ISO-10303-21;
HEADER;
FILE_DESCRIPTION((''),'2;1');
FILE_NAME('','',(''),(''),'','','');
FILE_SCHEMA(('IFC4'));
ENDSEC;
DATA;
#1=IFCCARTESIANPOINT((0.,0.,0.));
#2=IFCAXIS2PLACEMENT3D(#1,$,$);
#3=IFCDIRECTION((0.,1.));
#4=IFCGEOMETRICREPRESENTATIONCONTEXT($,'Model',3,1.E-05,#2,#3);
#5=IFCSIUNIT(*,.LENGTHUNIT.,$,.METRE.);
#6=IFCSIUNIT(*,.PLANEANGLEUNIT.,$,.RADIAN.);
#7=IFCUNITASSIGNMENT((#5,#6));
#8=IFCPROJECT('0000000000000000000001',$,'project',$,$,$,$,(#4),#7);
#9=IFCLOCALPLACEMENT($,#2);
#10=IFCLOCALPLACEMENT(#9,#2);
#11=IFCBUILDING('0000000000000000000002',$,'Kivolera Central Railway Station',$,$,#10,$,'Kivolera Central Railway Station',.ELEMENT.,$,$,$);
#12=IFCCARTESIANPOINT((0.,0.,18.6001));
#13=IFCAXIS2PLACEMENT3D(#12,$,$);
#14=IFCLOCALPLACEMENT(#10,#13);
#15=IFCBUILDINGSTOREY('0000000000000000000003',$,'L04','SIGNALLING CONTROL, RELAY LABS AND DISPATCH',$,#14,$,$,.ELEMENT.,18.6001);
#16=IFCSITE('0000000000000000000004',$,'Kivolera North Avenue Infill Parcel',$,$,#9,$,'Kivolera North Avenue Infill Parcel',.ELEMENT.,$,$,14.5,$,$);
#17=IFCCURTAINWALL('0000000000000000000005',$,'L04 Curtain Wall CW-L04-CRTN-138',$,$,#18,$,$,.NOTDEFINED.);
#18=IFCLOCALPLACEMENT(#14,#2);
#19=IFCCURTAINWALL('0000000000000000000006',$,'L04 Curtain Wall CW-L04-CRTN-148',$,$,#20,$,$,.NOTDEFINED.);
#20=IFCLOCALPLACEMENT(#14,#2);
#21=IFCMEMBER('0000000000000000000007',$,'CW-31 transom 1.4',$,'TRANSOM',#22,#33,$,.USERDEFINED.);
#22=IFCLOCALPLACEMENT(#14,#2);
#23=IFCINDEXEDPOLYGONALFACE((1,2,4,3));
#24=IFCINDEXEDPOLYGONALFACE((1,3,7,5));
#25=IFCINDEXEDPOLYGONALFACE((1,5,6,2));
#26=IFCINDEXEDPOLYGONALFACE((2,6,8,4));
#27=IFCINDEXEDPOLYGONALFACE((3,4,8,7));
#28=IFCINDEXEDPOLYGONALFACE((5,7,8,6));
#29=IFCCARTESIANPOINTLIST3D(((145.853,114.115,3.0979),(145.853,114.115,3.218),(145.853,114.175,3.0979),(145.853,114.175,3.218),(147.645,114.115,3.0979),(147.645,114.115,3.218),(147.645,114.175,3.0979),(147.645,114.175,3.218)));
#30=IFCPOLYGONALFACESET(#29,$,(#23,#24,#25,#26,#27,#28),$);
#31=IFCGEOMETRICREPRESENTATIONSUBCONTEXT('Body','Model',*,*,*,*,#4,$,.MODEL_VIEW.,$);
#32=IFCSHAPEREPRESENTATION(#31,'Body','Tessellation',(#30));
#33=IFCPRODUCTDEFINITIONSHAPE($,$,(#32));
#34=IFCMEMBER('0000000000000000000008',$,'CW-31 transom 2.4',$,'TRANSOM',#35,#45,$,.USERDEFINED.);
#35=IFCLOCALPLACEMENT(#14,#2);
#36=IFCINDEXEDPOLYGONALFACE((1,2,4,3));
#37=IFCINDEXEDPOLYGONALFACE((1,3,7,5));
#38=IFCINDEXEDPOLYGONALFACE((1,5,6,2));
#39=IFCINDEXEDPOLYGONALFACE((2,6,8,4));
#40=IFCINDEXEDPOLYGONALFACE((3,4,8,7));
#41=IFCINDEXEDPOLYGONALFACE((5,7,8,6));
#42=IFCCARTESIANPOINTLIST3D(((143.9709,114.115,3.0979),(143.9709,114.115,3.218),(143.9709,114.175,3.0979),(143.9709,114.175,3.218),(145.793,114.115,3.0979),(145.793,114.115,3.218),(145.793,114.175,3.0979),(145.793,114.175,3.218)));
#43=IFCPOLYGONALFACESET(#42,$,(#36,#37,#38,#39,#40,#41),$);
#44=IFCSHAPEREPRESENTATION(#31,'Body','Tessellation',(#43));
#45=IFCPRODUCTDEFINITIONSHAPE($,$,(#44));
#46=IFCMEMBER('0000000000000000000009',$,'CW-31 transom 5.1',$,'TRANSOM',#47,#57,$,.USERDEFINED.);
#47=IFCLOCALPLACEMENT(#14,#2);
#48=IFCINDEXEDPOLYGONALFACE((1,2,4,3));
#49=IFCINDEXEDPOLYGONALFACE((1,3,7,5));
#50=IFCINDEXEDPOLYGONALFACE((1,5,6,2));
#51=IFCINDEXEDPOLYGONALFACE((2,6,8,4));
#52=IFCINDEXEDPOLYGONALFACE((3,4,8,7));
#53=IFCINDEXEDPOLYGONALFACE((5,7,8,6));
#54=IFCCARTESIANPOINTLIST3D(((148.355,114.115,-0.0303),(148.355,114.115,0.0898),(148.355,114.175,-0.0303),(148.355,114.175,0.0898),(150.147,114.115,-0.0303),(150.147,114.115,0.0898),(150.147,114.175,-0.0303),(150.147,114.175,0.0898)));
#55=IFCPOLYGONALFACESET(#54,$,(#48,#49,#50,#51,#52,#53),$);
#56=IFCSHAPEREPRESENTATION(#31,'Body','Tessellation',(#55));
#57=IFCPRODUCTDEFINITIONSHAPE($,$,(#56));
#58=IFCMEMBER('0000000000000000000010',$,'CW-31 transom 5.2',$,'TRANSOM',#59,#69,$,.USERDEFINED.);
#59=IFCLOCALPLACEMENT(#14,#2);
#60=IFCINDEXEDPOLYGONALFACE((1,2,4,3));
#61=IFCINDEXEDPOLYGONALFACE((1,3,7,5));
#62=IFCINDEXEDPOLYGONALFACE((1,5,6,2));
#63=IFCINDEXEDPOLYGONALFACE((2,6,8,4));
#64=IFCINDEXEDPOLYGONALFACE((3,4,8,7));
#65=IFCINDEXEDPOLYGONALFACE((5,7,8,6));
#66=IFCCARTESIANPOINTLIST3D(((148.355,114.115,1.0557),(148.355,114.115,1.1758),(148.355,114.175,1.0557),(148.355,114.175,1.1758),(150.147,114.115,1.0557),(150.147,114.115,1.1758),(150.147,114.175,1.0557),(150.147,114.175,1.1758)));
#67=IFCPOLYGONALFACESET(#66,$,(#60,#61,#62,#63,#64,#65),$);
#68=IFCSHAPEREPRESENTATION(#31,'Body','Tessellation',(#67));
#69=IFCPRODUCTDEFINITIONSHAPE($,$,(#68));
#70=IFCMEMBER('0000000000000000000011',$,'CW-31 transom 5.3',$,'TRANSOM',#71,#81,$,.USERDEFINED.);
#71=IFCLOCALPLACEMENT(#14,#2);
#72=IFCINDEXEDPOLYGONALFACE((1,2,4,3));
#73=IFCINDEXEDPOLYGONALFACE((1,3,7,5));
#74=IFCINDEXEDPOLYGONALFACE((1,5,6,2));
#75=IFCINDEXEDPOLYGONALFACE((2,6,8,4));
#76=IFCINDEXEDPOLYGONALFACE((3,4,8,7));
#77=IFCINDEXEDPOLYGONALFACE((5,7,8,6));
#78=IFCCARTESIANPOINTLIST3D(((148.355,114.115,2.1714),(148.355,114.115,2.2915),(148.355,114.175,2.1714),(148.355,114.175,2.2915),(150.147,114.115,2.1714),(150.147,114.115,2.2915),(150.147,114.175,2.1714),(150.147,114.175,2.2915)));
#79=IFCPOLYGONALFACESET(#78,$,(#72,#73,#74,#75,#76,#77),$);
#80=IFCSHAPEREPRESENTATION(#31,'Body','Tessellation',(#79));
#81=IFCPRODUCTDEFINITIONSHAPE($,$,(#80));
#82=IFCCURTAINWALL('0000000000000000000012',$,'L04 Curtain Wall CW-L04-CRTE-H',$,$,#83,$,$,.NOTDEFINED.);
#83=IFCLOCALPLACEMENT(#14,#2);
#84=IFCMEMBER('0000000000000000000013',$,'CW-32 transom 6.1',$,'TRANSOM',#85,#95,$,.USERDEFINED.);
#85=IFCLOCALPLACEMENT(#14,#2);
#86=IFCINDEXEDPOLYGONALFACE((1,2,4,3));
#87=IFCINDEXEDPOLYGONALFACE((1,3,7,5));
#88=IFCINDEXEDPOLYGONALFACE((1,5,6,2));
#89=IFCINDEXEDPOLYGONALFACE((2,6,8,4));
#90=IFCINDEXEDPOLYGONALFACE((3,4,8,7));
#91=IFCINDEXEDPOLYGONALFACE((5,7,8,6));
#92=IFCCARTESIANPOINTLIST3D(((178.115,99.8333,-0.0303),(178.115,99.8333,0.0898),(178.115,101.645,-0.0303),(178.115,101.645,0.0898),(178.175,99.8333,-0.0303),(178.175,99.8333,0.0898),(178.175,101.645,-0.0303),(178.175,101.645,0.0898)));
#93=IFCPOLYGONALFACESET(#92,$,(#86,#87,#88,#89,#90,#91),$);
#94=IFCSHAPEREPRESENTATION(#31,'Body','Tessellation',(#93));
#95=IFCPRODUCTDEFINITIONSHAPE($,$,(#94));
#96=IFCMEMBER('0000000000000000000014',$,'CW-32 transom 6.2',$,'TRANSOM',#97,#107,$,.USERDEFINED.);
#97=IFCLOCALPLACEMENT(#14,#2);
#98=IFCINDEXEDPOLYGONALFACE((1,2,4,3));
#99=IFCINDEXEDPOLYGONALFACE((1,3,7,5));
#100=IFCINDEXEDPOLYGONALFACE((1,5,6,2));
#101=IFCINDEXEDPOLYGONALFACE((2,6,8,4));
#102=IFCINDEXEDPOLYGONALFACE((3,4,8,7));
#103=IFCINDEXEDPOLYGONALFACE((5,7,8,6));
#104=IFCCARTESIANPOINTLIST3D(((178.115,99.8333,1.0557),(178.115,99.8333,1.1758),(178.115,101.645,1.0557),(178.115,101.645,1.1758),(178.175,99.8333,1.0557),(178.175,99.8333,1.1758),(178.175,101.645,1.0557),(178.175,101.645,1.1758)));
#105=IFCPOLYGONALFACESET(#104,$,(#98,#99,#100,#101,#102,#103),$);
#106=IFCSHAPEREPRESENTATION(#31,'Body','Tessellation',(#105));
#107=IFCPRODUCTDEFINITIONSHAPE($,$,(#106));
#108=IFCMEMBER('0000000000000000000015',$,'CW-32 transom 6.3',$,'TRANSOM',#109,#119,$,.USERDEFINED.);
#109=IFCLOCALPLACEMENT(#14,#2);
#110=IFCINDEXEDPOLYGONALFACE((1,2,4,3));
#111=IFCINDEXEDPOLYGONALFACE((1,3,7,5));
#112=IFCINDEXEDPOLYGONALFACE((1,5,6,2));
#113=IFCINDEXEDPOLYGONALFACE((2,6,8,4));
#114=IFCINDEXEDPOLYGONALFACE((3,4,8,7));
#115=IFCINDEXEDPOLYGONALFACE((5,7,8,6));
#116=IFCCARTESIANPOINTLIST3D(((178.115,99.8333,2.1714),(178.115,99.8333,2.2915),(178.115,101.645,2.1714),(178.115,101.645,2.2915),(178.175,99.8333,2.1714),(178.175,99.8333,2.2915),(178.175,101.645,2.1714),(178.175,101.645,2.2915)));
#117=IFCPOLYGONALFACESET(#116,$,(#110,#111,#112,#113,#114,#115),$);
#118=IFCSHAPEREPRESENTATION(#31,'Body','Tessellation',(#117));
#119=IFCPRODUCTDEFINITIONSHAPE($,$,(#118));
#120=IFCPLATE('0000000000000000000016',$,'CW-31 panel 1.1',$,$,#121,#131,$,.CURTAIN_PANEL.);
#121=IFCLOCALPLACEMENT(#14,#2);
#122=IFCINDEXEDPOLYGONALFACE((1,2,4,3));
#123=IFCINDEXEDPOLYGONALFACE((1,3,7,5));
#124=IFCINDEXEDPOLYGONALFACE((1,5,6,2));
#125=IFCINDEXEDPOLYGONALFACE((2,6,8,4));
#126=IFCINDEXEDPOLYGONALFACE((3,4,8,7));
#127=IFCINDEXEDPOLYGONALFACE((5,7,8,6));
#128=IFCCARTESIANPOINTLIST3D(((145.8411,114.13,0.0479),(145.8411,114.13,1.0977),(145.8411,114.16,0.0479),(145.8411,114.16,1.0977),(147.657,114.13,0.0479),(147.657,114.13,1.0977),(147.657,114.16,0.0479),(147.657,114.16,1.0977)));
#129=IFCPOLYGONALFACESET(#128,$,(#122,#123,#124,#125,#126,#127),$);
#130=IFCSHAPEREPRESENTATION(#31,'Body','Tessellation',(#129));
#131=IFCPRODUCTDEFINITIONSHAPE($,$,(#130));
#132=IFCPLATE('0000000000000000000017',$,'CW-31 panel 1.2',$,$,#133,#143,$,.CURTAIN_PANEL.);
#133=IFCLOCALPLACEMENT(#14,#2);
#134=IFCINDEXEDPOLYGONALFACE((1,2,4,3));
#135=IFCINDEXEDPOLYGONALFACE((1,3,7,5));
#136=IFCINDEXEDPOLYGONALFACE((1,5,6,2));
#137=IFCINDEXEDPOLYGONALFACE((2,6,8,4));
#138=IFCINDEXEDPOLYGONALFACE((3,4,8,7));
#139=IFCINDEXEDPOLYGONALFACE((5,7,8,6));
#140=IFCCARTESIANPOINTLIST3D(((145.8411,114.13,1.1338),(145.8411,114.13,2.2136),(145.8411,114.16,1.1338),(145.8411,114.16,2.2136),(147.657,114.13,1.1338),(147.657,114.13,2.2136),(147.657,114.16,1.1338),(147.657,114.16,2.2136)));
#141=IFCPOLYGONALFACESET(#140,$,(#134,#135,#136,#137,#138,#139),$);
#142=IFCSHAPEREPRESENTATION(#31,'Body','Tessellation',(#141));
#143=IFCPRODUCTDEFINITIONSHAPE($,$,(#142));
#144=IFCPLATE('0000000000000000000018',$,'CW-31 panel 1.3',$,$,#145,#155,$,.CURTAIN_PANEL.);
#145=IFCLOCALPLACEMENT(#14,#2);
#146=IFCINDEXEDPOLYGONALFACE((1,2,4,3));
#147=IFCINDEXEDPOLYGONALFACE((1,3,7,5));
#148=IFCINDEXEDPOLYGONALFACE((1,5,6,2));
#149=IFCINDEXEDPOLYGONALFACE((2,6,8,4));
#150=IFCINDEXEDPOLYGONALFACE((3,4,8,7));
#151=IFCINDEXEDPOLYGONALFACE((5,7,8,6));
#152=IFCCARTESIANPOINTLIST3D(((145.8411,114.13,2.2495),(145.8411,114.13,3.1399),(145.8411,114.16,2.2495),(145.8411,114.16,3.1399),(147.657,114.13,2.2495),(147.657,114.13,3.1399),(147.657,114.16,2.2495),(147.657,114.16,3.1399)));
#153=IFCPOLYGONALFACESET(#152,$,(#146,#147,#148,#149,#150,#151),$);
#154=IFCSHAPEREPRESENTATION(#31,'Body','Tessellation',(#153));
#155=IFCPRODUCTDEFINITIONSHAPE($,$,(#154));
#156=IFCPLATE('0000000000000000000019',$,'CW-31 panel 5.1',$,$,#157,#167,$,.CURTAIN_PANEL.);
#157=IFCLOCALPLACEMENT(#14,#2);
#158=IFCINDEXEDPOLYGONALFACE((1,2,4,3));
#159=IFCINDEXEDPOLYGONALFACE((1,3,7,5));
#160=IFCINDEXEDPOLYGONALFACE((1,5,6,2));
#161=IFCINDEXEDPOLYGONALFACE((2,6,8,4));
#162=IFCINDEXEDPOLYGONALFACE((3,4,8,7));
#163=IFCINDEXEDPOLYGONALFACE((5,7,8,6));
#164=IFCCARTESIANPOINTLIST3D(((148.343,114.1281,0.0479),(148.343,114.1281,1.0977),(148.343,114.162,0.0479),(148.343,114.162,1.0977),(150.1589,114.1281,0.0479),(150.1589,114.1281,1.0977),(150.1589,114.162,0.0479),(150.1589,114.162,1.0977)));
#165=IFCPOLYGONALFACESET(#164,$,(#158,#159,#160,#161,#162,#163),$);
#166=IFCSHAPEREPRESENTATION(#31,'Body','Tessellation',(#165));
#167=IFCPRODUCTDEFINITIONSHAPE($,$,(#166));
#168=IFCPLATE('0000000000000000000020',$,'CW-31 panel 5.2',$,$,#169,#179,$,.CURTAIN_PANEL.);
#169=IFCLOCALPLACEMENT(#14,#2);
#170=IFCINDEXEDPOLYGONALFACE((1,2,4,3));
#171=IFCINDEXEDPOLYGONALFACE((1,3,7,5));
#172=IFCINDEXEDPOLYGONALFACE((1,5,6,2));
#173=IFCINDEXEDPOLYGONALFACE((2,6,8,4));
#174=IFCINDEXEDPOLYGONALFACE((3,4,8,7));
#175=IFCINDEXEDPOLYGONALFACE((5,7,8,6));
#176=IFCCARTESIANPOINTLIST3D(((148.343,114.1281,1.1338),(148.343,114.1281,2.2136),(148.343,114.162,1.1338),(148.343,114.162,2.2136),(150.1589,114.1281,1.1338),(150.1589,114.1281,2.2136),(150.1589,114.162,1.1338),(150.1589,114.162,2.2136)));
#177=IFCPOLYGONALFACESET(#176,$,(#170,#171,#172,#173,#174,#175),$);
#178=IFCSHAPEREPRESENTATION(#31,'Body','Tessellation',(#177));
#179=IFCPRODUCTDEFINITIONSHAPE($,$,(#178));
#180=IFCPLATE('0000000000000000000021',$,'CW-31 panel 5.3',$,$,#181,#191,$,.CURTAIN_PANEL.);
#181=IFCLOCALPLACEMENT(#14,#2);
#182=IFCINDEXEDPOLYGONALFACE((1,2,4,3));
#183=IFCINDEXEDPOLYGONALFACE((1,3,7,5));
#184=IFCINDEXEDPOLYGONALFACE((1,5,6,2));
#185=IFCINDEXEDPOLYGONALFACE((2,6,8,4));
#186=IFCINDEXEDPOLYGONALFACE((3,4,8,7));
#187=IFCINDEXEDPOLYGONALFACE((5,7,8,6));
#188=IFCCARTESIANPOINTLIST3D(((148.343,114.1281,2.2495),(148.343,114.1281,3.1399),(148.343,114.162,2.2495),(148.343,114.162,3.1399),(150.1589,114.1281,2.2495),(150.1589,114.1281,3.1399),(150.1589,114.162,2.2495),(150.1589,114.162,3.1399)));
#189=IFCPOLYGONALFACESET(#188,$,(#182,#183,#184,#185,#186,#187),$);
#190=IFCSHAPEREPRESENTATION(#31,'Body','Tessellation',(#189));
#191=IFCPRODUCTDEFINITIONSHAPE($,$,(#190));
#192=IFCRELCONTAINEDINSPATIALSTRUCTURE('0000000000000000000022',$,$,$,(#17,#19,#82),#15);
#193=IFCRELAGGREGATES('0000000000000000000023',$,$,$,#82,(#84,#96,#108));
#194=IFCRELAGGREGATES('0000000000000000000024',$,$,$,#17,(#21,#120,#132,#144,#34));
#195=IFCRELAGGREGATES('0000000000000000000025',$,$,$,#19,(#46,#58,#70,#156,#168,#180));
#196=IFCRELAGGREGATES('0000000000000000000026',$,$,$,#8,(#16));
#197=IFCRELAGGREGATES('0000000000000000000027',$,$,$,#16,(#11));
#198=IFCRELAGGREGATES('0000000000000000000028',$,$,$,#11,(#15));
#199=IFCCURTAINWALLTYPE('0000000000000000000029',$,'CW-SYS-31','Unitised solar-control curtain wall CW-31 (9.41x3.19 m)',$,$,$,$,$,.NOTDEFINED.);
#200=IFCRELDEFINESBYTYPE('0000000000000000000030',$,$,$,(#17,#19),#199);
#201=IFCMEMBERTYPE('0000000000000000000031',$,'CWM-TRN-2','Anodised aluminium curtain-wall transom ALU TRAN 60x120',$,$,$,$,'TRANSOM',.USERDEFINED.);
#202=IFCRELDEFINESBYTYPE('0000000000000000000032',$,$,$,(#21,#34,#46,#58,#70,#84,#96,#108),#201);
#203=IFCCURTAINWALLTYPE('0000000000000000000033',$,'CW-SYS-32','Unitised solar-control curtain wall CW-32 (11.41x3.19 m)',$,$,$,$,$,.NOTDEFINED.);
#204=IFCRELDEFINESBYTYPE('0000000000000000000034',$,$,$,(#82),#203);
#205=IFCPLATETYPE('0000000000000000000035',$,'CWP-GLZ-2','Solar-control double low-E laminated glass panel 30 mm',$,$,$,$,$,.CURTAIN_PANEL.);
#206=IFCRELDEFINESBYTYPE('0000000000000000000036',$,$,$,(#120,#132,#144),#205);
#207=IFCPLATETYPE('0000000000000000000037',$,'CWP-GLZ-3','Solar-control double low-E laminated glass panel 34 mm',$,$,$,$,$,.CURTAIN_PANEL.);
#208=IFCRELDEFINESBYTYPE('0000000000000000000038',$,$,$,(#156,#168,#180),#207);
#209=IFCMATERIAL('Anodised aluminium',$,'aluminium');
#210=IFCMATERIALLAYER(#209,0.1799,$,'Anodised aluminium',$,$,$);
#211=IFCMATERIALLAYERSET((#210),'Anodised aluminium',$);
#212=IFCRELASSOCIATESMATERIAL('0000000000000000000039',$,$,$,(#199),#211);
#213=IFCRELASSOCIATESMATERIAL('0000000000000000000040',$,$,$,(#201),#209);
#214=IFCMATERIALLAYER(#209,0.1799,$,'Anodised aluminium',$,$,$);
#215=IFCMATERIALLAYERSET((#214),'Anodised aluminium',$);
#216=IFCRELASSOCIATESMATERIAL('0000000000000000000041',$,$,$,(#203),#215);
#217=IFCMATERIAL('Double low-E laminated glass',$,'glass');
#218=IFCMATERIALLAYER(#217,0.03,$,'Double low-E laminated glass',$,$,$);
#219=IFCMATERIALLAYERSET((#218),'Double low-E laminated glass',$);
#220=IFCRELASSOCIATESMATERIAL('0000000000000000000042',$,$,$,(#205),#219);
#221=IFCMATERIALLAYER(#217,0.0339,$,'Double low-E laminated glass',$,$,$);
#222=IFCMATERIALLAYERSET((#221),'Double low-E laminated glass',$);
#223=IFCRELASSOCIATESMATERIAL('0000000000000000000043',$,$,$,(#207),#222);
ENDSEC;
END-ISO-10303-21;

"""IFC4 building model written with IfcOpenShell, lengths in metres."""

from ifc_helpers import new_model, si_unit, direction, frame, origin, origin_2d, place, context, subcontext, project, spatial, rectangle, extrude, material, layer, layer_set, material_profile, profile_set, type_object, element, aggregate, save


model = new_model("IFC4")

# Units and contexts
model_context = context("Model", 3, precision=1e-05, world=origin(), true_north=direction((0.0, 1.0)))
body_context = subcontext(model_context, "Body", "Model", "MODEL_VIEW")
ifc_project = project(units=[si_unit("LENGTHUNIT", "METRE"), si_unit("PLANEANGLEUNIT", "RADIAN")], contexts=[model_context])

# Site, building, storey
site_placement = place(None, origin())
site = spatial("IfcSite", under=ifc_project, at=site_placement, Name="Kivolera North Avenue Infill Parcel", LongName="Kivolera North Avenue Infill Parcel", CompositionType="ELEMENT", RefElevation=14.5)
building_placement = place(site_placement, origin())
building = spatial("IfcBuilding", under=site, at=building_placement, Name="Kivolera Central Railway Station", LongName="Kivolera Central Railway Station", CompositionType="ELEMENT")
storey_placement = place(building_placement, frame((0.0, 0.0, 18.6001)))
storey = spatial("IfcBuildingStorey", under=building, at=storey_placement, Name="L04", Description="SIGNALLING CONTROL, RELAY LABS AND DISPATCH", CompositionType="ELEMENT", Elevation=18.6001)

# Curtain wall
ifc_material_1 = material(Name="Anodised aluminium", Category="aluminium")
ifc_layer_1 = layer(ifc_material_1, 0.1799, Name="Anodised aluminium")
ifc_layer_set_1 = layer_set([ifc_layer_1], Name="Anodised aluminium")
curtain_wall_type_1 = type_object("IfcCurtainWallType", Name="CW-SYS-31", Description="Unitised solar-control curtain wall CW-31 (9.41x3.19 m)", PredefinedType="NOTDEFINED", material=ifc_layer_set_1)
curtain_wall_1_placement = place(storey_placement, origin())
curtain_wall_1 = element("IfcCurtainWall", 1, at=curtain_wall_1_placement, inside=storey, type_object=curtain_wall_type_1, Name="L04 Curtain Wall CW-L04-CRTN-138", PredefinedType="NOTDEFINED")

# Curtain wall
curtain_wall_2_placement = place(storey_placement, origin())
curtain_wall_2 = element("IfcCurtainWall", 2, at=curtain_wall_2_placement, inside=storey, type_object=curtain_wall_type_1, Name="L04 Curtain Wall CW-L04-CRTN-148", PredefinedType="NOTDEFINED")

# Members
ifc_material_profile_1 = material_profile(ifc_material_1, rectangle(XDim=0.0601, YDim=0.1201, at=origin_2d()), Name="ALU TRAN 60x120")
ifc_profile_set_1 = profile_set([ifc_material_profile_1], Name="Anodised aluminium")
member_type_1 = type_object("IfcMemberType", Name="CWM-TRN-2", Description="Anodised aluminium curtain-wall transom ALU TRAN 60x120", ElementType="TRANSOM", PredefinedType="USERDEFINED", material=ifc_profile_set_1)
member_1_placement = place(storey_placement, frame((147.645, 114.145, 3.158), z_axis=(-1.0, 0.0, 0.0), x_axis=(0.0, -1.0, 0.0)))
member_1 = element("IfcMember", 3, at=member_1_placement, type_object=member_type_1, Name="CW-31 transom 1.4", ObjectType="TRANSOM", PredefinedType="USERDEFINED", context=body_context, shape_type="SweptSolid", body=[
    extrude(rectangle(XDim=0.0601, YDim=0.1201, at=origin_2d()), origin(), (0.0, 0.0, 1.0), 1.792),
])
member_2_placement = place(storey_placement, frame((145.793, 114.145, 3.158), z_axis=(-1.0, 0.0, 0.0), x_axis=(0.0, -1.0, 0.0)))
member_2 = element("IfcMember", 4, at=member_2_placement, type_object=member_type_1, Name="CW-31 transom 2.4", ObjectType="TRANSOM", PredefinedType="USERDEFINED", context=body_context, shape_type="SweptSolid", body=[
    extrude(rectangle(XDim=0.0601, YDim=0.1201, at=origin_2d()), origin(), (0.0, 0.0, 1.0), 1.822),
])
member_3_placement = place(storey_placement, frame((150.147, 114.145, 0.0298), z_axis=(-1.0, 0.0, 0.0), x_axis=(0.0, -1.0, 0.0)))
member_3 = element("IfcMember", 5, at=member_3_placement, type_object=member_type_1, Name="CW-31 transom 5.1", ObjectType="TRANSOM", PredefinedType="USERDEFINED", context=body_context, shape_type="SweptSolid", body=[
    extrude(rectangle(XDim=0.0601, YDim=0.1201, at=origin_2d()), origin(), (0.0, 0.0, 1.0), 1.792),
])
member_4_placement = place(storey_placement, frame((150.147, 114.145, 1.1157), z_axis=(-1.0, 0.0, 0.0), x_axis=(0.0, -1.0, 0.0)))
member_4 = element("IfcMember", 6, at=member_4_placement, type_object=member_type_1, Name="CW-31 transom 5.2", ObjectType="TRANSOM", PredefinedType="USERDEFINED", context=body_context, shape_type="SweptSolid", body=[
    extrude(rectangle(XDim=0.0601, YDim=0.1201, at=origin_2d()), origin(), (0.0, 0.0, 1.0), 1.792),
])
member_5_placement = place(storey_placement, frame((150.147, 114.145, 2.2314), z_axis=(-1.0, 0.0, 0.0), x_axis=(0.0, -1.0, 0.0)))
member_5 = element("IfcMember", 7, at=member_5_placement, type_object=member_type_1, Name="CW-31 transom 5.3", ObjectType="TRANSOM", PredefinedType="USERDEFINED", context=body_context, shape_type="SweptSolid", body=[
    extrude(rectangle(XDim=0.0601, YDim=0.1201, at=origin_2d()), origin(), (0.0, 0.0, 1.0), 1.792),
])

# Curtain wall, members
ifc_layer_2 = layer(ifc_material_1, 0.1799, Name="Anodised aluminium")
ifc_layer_set_2 = layer_set([ifc_layer_2], Name="Anodised aluminium")
curtain_wall_type_2 = type_object("IfcCurtainWallType", Name="CW-SYS-32", Description="Unitised solar-control curtain wall CW-32 (11.41x3.19 m)", PredefinedType="NOTDEFINED", material=ifc_layer_set_2)
curtain_wall_3_placement = place(storey_placement, origin())
curtain_wall_3 = element("IfcCurtainWall", 8, at=curtain_wall_3_placement, inside=storey, type_object=curtain_wall_type_2, Name="L04 Curtain Wall CW-L04-CRTE-H", PredefinedType="NOTDEFINED")
member_6_placement = place(storey_placement, frame((178.145, 99.8333, 0.0298), z_axis=(0.0, 1.0, 0.0), x_axis=(-1.0, 0.0, 0.0)))
member_6 = element("IfcMember", 9, at=member_6_placement, type_object=member_type_1, Name="CW-32 transom 6.1", ObjectType="TRANSOM", PredefinedType="USERDEFINED", context=body_context, shape_type="SweptSolid", body=[
    extrude(rectangle(XDim=0.0601, YDim=0.1201, at=origin_2d()), origin(), (0.0, 0.0, 1.0), 1.8118),
])
member_7_placement = place(storey_placement, frame((178.145, 99.8333, 1.1157), z_axis=(0.0, 1.0, 0.0), x_axis=(-1.0, 0.0, 0.0)))
member_7 = element("IfcMember", 10, at=member_7_placement, type_object=member_type_1, Name="CW-32 transom 6.2", ObjectType="TRANSOM", PredefinedType="USERDEFINED", context=body_context, shape_type="SweptSolid", body=[
    extrude(rectangle(XDim=0.0601, YDim=0.1201, at=origin_2d()), origin(), (0.0, 0.0, 1.0), 1.8118),
])
member_8_placement = place(storey_placement, frame((178.145, 99.8333, 2.2314), z_axis=(0.0, 1.0, 0.0), x_axis=(-1.0, 0.0, 0.0)))
member_8 = element("IfcMember", 11, at=member_8_placement, type_object=member_type_1, Name="CW-32 transom 6.3", ObjectType="TRANSOM", PredefinedType="USERDEFINED", context=body_context, shape_type="SweptSolid", body=[
    extrude(rectangle(XDim=0.0601, YDim=0.1201, at=origin_2d()), origin(), (0.0, 0.0, 1.0), 1.8118),
])
aggregate(curtain_wall_3, [member_6, member_7, member_8])

# Plates
ifc_material_2 = material(Name="Double low-E laminated glass", Category="glass")
ifc_layer_3 = layer(ifc_material_2, 0.03, Name="Double low-E laminated glass")
ifc_layer_set_3 = layer_set([ifc_layer_3], Name="Double low-E laminated glass")
plate_type_1 = type_object("IfcPlateType", Name="CWP-GLZ-2", Description="Solar-control double low-E laminated glass panel 30 mm", PredefinedType="CURTAIN_PANEL", material=ifc_layer_set_3)
plate_1_placement = place(storey_placement, frame((146.749, 114.145, 0.0479), z_axis=(0.0, 0.0, 1.0), x_axis=(-1.0, 0.0, 0.0)))
plate_1 = element("IfcPlate", 12, at=plate_1_placement, type_object=plate_type_1, Name="CW-31 panel 1.1", PredefinedType="CURTAIN_PANEL", context=body_context, shape_type="SweptSolid", body=[
    extrude(rectangle(XDim=1.8159, YDim=0.03, at=origin_2d()), origin(), (0.0, 0.0, 1.0), 1.0498),
])
plate_2_placement = place(storey_placement, frame((146.749, 114.145, 1.1338), z_axis=(0.0, 0.0, 1.0), x_axis=(-1.0, 0.0, 0.0)))
plate_2 = element("IfcPlate", 13, at=plate_2_placement, type_object=plate_type_1, Name="CW-31 panel 1.2", PredefinedType="CURTAIN_PANEL", context=body_context, shape_type="SweptSolid", body=[
    extrude(rectangle(XDim=1.8159, YDim=0.03, at=origin_2d()), origin(), (0.0, 0.0, 1.0), 1.0798),
])
plate_3_placement = place(storey_placement, frame((146.749, 114.145, 2.2495), z_axis=(0.0, 0.0, 1.0), x_axis=(-1.0, 0.0, 0.0)))
plate_3 = element("IfcPlate", 14, at=plate_3_placement, type_object=plate_type_1, Name="CW-31 panel 1.3", PredefinedType="CURTAIN_PANEL", context=body_context, shape_type="SweptSolid", body=[
    extrude(rectangle(XDim=1.8159, YDim=0.03, at=origin_2d()), origin(), (0.0, 0.0, 1.0), 0.8904),
])
aggregate(curtain_wall_1, [member_1, plate_1, plate_2, plate_3, member_2])
ifc_layer_4 = layer(ifc_material_2, 0.0339, Name="Double low-E laminated glass")
ifc_layer_set_4 = layer_set([ifc_layer_4], Name="Double low-E laminated glass")
plate_type_2 = type_object("IfcPlateType", Name="CWP-GLZ-3", Description="Solar-control double low-E laminated glass panel 34 mm", PredefinedType="CURTAIN_PANEL", material=ifc_layer_set_4)
plate_4_placement = place(storey_placement, frame((149.251, 114.145, 0.0479), z_axis=(0.0, 0.0, 1.0), x_axis=(-1.0, 0.0, 0.0)))
plate_4 = element("IfcPlate", 15, at=plate_4_placement, type_object=plate_type_2, Name="CW-31 panel 5.1", PredefinedType="CURTAIN_PANEL", context=body_context, shape_type="SweptSolid", body=[
    extrude(rectangle(XDim=1.8159, YDim=0.0339, at=origin_2d()), origin(), (0.0, 0.0, 1.0), 1.0498),
])
plate_5_placement = place(storey_placement, frame((149.251, 114.145, 1.1338), z_axis=(0.0, 0.0, 1.0), x_axis=(-1.0, 0.0, 0.0)))
plate_5 = element("IfcPlate", 16, at=plate_5_placement, type_object=plate_type_2, Name="CW-31 panel 5.2", PredefinedType="CURTAIN_PANEL", context=body_context, shape_type="SweptSolid", body=[
    extrude(rectangle(XDim=1.8159, YDim=0.0339, at=origin_2d()), origin(), (0.0, 0.0, 1.0), 1.0798),
])
plate_6_placement = place(storey_placement, frame((149.251, 114.145, 2.2495), z_axis=(0.0, 0.0, 1.0), x_axis=(-1.0, 0.0, 0.0)))
plate_6 = element("IfcPlate", 17, at=plate_6_placement, type_object=plate_type_2, Name="CW-31 panel 5.3", PredefinedType="CURTAIN_PANEL", context=body_context, shape_type="SweptSolid", body=[
    extrude(rectangle(XDim=1.8159, YDim=0.0339, at=origin_2d()), origin(), (0.0, 0.0, 1.0), 0.8904),
])
aggregate(curtain_wall_2, [member_3, member_4, member_5, plate_4, plate_5, plate_6])

save(model, "model.ifc")
